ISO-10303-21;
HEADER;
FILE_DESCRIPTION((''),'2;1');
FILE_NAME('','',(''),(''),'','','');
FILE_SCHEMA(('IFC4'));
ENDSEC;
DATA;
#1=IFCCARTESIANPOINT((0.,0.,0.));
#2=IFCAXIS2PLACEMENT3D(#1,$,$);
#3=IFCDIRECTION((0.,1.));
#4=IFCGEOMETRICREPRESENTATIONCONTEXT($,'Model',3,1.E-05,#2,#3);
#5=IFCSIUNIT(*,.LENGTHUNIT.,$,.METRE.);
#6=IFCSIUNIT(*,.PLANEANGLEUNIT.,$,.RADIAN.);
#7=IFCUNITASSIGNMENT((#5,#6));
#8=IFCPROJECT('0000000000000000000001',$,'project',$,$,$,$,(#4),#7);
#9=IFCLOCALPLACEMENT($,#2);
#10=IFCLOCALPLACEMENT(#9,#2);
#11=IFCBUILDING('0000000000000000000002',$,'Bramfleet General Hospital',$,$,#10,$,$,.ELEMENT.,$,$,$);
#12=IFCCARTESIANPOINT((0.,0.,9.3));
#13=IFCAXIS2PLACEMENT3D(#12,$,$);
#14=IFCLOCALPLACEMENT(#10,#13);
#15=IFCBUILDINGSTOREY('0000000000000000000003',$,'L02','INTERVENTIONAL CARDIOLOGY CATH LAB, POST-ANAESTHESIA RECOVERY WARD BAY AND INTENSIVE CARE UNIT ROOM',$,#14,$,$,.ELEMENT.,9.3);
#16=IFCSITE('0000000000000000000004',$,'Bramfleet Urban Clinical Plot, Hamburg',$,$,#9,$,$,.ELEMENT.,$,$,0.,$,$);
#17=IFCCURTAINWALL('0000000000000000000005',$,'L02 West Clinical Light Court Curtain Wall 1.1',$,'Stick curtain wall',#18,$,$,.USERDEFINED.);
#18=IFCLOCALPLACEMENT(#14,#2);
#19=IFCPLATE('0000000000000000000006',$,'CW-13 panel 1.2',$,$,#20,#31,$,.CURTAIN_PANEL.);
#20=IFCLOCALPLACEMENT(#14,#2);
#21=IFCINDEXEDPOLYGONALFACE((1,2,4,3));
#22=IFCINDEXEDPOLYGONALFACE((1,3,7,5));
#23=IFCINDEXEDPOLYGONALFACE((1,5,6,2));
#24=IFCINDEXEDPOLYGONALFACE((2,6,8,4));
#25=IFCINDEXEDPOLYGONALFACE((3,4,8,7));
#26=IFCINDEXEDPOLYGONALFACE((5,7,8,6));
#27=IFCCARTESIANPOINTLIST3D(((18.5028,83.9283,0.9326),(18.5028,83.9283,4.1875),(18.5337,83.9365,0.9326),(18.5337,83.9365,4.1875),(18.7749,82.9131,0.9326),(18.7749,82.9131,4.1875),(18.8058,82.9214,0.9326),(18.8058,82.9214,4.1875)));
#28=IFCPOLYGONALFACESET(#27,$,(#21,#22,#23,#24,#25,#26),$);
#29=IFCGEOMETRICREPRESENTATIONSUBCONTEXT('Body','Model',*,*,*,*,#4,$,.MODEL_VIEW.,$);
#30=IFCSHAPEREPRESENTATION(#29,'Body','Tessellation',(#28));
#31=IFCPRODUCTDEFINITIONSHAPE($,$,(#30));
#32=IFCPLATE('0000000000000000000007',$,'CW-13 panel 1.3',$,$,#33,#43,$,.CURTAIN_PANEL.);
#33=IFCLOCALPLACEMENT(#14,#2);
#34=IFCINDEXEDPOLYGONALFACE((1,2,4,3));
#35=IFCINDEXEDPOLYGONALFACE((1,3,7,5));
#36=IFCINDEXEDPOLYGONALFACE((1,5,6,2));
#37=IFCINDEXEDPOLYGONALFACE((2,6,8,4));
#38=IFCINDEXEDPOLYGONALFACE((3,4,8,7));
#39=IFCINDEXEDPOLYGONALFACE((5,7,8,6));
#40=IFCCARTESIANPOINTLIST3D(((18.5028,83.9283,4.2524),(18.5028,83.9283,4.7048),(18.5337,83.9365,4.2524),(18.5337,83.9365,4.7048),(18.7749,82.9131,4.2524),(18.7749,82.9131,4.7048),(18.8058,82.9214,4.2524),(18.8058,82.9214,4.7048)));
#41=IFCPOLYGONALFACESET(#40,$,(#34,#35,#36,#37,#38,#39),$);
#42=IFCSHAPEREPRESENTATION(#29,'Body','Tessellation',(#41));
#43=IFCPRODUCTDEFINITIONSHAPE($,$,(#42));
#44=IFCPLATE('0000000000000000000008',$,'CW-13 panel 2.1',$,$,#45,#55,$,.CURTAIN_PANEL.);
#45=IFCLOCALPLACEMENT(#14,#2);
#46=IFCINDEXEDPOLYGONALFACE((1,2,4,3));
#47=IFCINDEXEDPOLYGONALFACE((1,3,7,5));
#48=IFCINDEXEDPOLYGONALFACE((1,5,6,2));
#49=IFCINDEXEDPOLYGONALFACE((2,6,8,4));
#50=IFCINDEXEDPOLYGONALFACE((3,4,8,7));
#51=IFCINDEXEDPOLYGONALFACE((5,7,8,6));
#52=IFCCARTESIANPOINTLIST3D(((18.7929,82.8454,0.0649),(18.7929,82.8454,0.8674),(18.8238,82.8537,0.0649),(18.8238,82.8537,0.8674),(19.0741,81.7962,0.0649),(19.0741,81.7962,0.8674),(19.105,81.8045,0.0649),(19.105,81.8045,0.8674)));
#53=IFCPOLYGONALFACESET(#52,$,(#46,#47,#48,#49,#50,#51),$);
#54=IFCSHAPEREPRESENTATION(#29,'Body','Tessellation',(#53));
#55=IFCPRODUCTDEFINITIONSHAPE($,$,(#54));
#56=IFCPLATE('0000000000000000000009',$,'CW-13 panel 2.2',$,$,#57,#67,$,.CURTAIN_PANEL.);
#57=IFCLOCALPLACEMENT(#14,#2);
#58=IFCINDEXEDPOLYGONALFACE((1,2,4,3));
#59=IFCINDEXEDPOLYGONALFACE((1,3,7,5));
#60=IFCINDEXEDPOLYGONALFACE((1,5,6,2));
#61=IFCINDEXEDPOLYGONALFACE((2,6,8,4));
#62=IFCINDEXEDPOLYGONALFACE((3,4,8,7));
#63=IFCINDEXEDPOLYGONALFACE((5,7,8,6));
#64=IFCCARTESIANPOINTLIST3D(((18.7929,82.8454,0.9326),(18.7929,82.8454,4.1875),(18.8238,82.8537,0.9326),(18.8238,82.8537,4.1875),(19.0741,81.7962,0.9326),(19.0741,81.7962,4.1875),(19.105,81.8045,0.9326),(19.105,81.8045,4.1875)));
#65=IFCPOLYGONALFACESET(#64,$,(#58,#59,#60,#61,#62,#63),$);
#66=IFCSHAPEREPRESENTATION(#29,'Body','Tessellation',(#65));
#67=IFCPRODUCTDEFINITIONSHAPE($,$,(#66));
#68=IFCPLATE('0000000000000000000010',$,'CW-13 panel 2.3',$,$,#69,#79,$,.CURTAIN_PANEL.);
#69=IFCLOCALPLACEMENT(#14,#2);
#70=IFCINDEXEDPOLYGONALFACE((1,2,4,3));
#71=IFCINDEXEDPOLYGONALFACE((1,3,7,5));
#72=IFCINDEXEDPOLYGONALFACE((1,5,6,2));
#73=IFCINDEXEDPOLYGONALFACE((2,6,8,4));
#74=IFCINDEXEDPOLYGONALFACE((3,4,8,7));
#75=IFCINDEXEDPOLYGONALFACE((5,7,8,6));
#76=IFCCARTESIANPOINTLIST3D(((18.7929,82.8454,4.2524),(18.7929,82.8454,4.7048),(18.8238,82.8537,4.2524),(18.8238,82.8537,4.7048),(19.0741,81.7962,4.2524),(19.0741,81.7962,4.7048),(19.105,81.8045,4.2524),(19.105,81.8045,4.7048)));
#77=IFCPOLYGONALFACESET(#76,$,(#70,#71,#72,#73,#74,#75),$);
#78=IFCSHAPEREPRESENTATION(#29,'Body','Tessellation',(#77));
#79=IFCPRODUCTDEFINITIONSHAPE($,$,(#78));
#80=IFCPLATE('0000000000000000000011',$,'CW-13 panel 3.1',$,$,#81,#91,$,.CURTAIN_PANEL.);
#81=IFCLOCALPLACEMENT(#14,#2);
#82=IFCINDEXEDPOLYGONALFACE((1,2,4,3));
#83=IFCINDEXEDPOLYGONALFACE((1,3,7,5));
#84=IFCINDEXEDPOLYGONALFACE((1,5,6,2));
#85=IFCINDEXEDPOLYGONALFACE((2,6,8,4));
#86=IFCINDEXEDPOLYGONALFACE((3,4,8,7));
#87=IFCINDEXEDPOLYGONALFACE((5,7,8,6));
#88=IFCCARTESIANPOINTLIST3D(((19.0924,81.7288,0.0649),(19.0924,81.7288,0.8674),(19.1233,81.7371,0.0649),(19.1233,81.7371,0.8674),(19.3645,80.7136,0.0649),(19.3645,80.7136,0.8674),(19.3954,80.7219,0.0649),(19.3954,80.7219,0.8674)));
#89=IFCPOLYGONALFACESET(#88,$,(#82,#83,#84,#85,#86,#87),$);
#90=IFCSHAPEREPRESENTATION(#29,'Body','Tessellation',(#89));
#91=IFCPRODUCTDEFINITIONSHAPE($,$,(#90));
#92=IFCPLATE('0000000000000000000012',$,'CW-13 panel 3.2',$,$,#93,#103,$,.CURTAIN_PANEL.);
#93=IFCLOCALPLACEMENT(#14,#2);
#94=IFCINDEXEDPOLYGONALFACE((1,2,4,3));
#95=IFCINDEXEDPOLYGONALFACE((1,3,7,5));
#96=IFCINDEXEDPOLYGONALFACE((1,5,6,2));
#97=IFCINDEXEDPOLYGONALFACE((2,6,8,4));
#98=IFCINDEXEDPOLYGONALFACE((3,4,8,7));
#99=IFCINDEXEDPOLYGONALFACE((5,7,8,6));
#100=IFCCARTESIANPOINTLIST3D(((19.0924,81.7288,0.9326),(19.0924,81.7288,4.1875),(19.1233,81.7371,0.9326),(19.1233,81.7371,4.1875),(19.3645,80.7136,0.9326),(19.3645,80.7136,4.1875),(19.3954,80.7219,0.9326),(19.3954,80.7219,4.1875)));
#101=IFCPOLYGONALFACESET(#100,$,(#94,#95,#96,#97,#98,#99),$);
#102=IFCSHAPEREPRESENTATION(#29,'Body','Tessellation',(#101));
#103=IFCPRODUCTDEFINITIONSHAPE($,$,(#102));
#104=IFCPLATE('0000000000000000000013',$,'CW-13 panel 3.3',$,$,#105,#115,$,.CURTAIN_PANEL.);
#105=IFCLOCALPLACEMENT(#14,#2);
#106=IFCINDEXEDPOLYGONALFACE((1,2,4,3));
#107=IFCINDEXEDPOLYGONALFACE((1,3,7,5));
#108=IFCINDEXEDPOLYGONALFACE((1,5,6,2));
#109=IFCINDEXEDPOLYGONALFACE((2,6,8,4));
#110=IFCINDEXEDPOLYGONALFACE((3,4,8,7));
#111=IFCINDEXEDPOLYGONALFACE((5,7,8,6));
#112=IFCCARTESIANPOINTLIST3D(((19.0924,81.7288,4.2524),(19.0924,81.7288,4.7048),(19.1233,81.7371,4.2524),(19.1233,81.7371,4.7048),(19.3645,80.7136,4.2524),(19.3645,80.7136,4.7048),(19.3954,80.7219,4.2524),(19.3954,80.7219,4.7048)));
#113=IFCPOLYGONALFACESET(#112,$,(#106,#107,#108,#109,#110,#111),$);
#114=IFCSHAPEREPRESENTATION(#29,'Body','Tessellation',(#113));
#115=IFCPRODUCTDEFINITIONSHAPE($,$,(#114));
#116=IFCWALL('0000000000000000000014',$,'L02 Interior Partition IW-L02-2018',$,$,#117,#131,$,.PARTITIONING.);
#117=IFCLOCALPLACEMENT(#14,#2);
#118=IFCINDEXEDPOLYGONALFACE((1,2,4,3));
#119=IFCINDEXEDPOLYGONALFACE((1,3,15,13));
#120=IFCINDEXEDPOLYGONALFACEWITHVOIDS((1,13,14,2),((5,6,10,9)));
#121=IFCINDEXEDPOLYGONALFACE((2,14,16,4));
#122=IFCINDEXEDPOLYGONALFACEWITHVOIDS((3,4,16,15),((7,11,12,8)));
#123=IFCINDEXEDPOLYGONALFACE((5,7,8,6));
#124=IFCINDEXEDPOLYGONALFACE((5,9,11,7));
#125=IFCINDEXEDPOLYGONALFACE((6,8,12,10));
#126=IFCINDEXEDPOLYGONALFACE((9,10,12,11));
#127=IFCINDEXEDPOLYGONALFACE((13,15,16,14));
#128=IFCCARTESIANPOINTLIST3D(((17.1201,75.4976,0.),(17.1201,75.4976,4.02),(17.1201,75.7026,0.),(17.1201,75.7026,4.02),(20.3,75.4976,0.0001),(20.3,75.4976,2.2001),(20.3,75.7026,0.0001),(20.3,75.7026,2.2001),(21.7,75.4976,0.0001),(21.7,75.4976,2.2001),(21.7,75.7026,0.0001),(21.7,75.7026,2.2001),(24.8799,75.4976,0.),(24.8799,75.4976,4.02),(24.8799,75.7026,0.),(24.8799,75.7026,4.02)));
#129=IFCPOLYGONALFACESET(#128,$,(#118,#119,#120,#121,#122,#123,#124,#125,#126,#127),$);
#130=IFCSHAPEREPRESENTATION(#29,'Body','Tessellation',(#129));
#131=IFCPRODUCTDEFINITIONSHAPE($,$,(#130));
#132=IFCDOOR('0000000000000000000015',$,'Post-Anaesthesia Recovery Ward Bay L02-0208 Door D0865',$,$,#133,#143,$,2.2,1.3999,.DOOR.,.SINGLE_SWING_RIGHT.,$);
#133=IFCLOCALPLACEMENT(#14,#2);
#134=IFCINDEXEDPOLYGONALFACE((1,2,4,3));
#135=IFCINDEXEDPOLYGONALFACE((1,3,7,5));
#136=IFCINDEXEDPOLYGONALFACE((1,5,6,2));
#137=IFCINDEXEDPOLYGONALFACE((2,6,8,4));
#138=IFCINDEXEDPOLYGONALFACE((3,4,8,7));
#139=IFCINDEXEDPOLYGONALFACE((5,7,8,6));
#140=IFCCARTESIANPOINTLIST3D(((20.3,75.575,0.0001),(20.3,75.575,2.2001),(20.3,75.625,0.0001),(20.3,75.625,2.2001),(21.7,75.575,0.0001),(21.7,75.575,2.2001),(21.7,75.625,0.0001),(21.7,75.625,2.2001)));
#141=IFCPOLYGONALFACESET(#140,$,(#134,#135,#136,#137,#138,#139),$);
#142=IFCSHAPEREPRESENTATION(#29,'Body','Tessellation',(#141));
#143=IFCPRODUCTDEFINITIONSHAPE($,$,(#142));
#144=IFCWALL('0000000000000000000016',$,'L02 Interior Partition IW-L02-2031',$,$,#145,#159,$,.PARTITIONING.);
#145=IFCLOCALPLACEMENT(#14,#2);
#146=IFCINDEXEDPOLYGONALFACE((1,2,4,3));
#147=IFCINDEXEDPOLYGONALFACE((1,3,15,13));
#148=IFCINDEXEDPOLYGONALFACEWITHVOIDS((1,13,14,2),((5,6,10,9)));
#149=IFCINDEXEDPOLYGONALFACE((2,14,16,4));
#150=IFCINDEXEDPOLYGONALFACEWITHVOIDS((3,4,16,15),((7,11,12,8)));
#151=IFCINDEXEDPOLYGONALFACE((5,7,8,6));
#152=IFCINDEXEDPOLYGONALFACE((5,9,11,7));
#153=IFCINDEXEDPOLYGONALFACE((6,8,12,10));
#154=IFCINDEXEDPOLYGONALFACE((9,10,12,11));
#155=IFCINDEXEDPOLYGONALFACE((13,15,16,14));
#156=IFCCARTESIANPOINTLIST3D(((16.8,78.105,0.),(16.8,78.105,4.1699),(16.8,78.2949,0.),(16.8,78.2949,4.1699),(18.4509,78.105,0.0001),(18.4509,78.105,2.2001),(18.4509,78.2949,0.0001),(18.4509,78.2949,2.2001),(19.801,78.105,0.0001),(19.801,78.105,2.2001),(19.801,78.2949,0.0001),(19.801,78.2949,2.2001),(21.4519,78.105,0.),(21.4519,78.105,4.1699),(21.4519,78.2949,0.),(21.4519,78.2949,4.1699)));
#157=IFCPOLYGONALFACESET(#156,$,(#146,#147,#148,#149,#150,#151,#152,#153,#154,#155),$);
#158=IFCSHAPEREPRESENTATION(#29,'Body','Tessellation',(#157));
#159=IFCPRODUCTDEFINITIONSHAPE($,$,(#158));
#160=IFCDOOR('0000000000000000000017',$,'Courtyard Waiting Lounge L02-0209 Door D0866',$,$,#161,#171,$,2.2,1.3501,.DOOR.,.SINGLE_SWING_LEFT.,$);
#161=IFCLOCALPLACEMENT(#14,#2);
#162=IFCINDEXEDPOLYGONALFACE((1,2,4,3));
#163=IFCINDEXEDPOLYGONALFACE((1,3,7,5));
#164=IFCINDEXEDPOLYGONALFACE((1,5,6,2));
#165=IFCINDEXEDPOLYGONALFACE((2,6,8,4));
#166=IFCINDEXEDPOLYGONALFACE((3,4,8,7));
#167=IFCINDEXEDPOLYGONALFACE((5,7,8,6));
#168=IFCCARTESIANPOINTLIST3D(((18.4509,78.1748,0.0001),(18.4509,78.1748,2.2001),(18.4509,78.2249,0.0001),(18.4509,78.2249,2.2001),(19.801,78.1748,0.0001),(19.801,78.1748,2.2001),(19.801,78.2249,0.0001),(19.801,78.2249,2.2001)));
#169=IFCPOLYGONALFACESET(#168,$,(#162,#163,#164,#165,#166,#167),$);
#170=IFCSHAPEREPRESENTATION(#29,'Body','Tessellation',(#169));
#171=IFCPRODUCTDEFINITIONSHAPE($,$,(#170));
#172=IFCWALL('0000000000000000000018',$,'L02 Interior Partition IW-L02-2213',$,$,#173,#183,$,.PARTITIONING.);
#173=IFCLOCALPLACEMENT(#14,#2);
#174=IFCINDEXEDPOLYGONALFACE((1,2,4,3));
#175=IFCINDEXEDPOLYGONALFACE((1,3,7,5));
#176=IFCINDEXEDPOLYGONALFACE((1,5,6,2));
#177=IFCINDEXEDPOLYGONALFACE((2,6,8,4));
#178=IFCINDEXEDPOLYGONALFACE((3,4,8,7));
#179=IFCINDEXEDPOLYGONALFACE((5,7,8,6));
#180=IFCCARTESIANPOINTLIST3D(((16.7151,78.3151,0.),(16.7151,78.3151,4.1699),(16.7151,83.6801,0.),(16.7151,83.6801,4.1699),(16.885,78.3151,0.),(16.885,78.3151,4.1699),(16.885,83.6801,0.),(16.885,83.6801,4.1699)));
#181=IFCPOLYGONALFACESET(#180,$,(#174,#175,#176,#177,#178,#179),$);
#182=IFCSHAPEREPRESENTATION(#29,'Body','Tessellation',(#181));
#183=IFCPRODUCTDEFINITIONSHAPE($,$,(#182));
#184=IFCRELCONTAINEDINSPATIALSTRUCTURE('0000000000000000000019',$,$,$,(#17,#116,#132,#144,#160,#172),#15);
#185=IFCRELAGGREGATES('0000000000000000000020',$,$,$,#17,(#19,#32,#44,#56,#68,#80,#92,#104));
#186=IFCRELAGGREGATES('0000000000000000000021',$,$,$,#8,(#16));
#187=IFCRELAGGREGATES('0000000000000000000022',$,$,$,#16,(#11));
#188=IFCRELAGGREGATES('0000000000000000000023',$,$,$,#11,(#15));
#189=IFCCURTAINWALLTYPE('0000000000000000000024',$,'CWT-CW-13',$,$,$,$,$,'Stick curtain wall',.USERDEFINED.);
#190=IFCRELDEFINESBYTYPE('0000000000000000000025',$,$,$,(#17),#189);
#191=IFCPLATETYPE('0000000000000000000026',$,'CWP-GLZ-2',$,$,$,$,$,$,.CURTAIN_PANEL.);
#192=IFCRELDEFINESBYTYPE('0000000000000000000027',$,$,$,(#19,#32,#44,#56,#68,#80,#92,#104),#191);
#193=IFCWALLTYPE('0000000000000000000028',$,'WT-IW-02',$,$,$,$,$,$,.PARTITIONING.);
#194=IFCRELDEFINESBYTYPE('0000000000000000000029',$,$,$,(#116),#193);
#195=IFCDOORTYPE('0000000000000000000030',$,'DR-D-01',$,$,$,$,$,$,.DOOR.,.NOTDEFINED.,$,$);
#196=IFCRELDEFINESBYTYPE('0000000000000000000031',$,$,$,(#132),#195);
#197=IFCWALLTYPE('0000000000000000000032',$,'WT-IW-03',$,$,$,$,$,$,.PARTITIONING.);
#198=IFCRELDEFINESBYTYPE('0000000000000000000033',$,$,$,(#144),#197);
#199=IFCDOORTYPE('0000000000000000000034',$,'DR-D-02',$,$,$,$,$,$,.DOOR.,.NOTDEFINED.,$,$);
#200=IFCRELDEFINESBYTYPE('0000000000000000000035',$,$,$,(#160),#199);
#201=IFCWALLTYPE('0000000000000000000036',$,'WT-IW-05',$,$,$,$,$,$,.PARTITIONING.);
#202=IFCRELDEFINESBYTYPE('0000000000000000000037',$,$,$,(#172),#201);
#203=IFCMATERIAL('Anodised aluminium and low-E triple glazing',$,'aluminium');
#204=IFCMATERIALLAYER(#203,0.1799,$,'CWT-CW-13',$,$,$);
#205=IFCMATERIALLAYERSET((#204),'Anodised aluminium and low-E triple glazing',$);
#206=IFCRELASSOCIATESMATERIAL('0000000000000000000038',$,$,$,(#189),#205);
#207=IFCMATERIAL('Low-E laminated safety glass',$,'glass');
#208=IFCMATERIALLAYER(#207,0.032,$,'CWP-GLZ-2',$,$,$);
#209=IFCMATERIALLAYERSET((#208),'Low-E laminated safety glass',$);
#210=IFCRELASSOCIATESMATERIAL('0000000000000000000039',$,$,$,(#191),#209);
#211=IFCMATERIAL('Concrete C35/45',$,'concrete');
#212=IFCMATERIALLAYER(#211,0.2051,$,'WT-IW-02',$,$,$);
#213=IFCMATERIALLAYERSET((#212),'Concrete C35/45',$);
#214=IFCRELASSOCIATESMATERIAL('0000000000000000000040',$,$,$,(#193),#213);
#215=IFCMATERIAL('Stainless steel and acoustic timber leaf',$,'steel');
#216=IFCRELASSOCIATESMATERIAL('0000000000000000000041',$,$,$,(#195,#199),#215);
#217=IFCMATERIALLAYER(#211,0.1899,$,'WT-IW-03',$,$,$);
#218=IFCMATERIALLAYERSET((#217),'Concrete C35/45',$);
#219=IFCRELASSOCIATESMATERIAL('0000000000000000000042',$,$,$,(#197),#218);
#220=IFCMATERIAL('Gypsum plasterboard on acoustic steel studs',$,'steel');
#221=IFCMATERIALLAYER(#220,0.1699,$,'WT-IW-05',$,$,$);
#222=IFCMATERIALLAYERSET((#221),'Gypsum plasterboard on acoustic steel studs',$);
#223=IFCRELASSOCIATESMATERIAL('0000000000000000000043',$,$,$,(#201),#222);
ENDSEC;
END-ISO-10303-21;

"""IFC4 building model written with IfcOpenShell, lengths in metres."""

from ifc_helpers import new_model, si_unit, direction, frame, frame_2d, origin, origin_2d, place, context, subcontext, project, spatial, rectangle, extrude, material, layer, layer_set, type_object, element, fill, aggregate, save


model = new_model("IFC4")

# Units and contexts
model_context = context("Model", 3, precision=1e-05, world=origin(), true_north=direction((0.0, 1.0)))
body_context = subcontext(model_context, "Body", "Model", "MODEL_VIEW")
ifc_project = project(units=[si_unit("LENGTHUNIT", "METRE"), si_unit("PLANEANGLEUNIT", "RADIAN")], contexts=[model_context])

# Site, building, storey
site_placement = place(None, origin())
site = spatial("IfcSite", under=ifc_project, at=site_placement, Name="Bramfleet Urban Clinical Plot, Hamburg", CompositionType="ELEMENT", RefElevation=0.0)
building_placement = place(site_placement, origin())
building = spatial("IfcBuilding", under=site, at=building_placement, Name="Bramfleet General Hospital", CompositionType="ELEMENT")
storey_placement = place(building_placement, frame((0.0, 0.0, 9.3)))
storey = spatial("IfcBuildingStorey", under=building, at=storey_placement, Name="L02", Description="INTERVENTIONAL CARDIOLOGY CATH LAB, POST-ANAESTHESIA RECOVERY WARD BAY AND INTENSIVE CARE UNIT ROOM", CompositionType="ELEMENT", Elevation=9.3)

# Shared definitions
ifc_material_1 = material(Name="Concrete C35/45", Category="concrete")

# Curtain wall
ifc_material_2 = material(Name="Anodised aluminium and low-E triple glazing", Category="aluminium")
ifc_layer_1 = layer(ifc_material_2, 0.1799, Name="CWT-CW-13")
ifc_layer_set_1 = layer_set([ifc_layer_1], Name="Anodised aluminium and low-E triple glazing")
curtain_wall_type_1 = type_object("IfcCurtainWallType", Name="CWT-CW-13", ElementType="Stick curtain wall", PredefinedType="USERDEFINED", material=ifc_layer_set_1)
curtain_wall_1_placement = place(storey_placement, origin())
curtain_wall_1 = element("IfcCurtainWall", 1, at=curtain_wall_1_placement, inside=storey, type_object=curtain_wall_type_1, Name="L02 West Clinical Light Court Curtain Wall 1.1", ObjectType="Stick curtain wall", PredefinedType="USERDEFINED")

# Plates
ifc_material_3 = material(Name="Low-E laminated safety glass", Category="glass")
ifc_layer_2 = layer(ifc_material_3, 0.032, Name="CWP-GLZ-2")
ifc_layer_set_2 = layer_set([ifc_layer_2], Name="Low-E laminated safety glass")
plate_type = type_object("IfcPlateType", Name="CWP-GLZ-2", PredefinedType="CURTAIN_PANEL", material=ifc_layer_set_2)
plate_1_placement = place(storey_placement, frame((18.6543, 83.4248, 0.9326), z_axis=(0.0, 0.0, 1.0), x_axis=(0.258919, -0.965899, 0.0)))
plate_1 = element("IfcPlate", 2, at=plate_1_placement, type_object=plate_type, Name="CW-13 panel 1.2", PredefinedType="CURTAIN_PANEL", context=body_context, shape_type="SweptSolid", body=[
    extrude(rectangle(XDim=1.051, YDim=0.032, at=origin_2d()), origin(), (0.0, 0.0, 1.0), 3.2549),
])
plate_2_placement = place(storey_placement, frame((18.6543, 83.4248, 4.2524), z_axis=(0.0, 0.0, 1.0), x_axis=(0.258919, -0.965899, 0.0)))
plate_2 = element("IfcPlate", 3, at=plate_2_placement, type_object=plate_type, Name="CW-13 panel 1.3", PredefinedType="CURTAIN_PANEL", context=body_context, shape_type="SweptSolid", body=[
    extrude(rectangle(XDim=1.051, YDim=0.032, at=origin_2d()), origin(), (0.0, 0.0, 1.0), 0.4524),
])
plate_3_placement = place(storey_placement, frame((18.949, 82.325, 0.0649), z_axis=(0.0, 0.0, 1.0), x_axis=(0.258919, -0.965899, 0.0)))
plate_3 = element("IfcPlate", 4, at=plate_3_placement, type_object=plate_type, Name="CW-13 panel 2.1", PredefinedType="CURTAIN_PANEL", context=body_context, shape_type="SweptSolid", body=[
    extrude(rectangle(XDim=1.0862, YDim=0.032, at=origin_2d()), origin(), (0.0, 0.0, 1.0), 0.8025),
])
plate_4_placement = place(storey_placement, frame((18.949, 82.325, 0.9326), z_axis=(0.0, 0.0, 1.0), x_axis=(0.258919, -0.965899, 0.0)))
plate_4 = element("IfcPlate", 5, at=plate_4_placement, type_object=plate_type, Name="CW-13 panel 2.2", PredefinedType="CURTAIN_PANEL", context=body_context, shape_type="SweptSolid", body=[
    extrude(rectangle(XDim=1.0862, YDim=0.032, at=origin_2d()), origin(), (0.0, 0.0, 1.0), 3.2549),
])
plate_5_placement = place(storey_placement, frame((18.949, 82.325, 4.2524), z_axis=(0.0, 0.0, 1.0), x_axis=(0.258919, -0.965899, 0.0)))
plate_5 = element("IfcPlate", 6, at=plate_5_placement, type_object=plate_type, Name="CW-13 panel 2.3", PredefinedType="CURTAIN_PANEL", context=body_context, shape_type="SweptSolid", body=[
    extrude(rectangle(XDim=1.0862, YDim=0.032, at=origin_2d()), origin(), (0.0, 0.0, 1.0), 0.4524),
])
plate_6_placement = place(storey_placement, frame((19.2439, 81.2253, 0.0649), z_axis=(0.0, 0.0, 1.0), x_axis=(0.258919, -0.965899, 0.0)))
plate_6 = element("IfcPlate", 7, at=plate_6_placement, type_object=plate_type, Name="CW-13 panel 3.1", PredefinedType="CURTAIN_PANEL", context=body_context, shape_type="SweptSolid", body=[
    extrude(rectangle(XDim=1.051, YDim=0.032, at=origin_2d()), origin(), (0.0, 0.0, 1.0), 0.8025),
])
plate_7_placement = place(storey_placement, frame((19.2439, 81.2253, 0.9326), z_axis=(0.0, 0.0, 1.0), x_axis=(0.258919, -0.965899, 0.0)))
plate_7 = element("IfcPlate", 8, at=plate_7_placement, type_object=plate_type, Name="CW-13 panel 3.2", PredefinedType="CURTAIN_PANEL", context=body_context, shape_type="SweptSolid", body=[
    extrude(rectangle(XDim=1.051, YDim=0.032, at=origin_2d()), origin(), (0.0, 0.0, 1.0), 3.2549),
])
plate_8_placement = place(storey_placement, frame((19.2439, 81.2253, 4.2524), z_axis=(0.0, 0.0, 1.0), x_axis=(0.258919, -0.965899, 0.0)))
plate_8 = element("IfcPlate", 9, at=plate_8_placement, type_object=plate_type, Name="CW-13 panel 3.3", PredefinedType="CURTAIN_PANEL", context=body_context, shape_type="SweptSolid", body=[
    extrude(rectangle(XDim=1.051, YDim=0.032, at=origin_2d()), origin(), (0.0, 0.0, 1.0), 0.4524),
])
aggregate(curtain_wall_1, [plate_1, plate_2, plate_3, plate_4, plate_5, plate_6, plate_7, plate_8])

# Walls, openings, doors
ifc_layer_3 = layer(ifc_material_1, 0.2051, Name="WT-IW-02")
ifc_layer_set_3 = layer_set([ifc_layer_3], Name="Concrete C35/45")
wall_type_1 = type_object("IfcWallType", Name="WT-IW-02", PredefinedType="PARTITIONING", material=ifc_layer_set_3)
wall_1_placement = place(storey_placement, frame((17.1201, 75.6001, 0.0), z_axis=(0.0, 0.0, 1.0), x_axis=(1.0, 0.0, 0.0)))
wall_1 = element("IfcWall", 10, at=wall_1_placement, inside=storey, type_object=wall_type_1, Name="L02 Interior Partition IW-L02-2018", PredefinedType="PARTITIONING", context=body_context, shape_type="SweptSolid", body=[
    extrude(rectangle(XDim=7.7598, YDim=0.2051, at=frame_2d((3.8799, 0.0))), origin(), (0.0, 0.0, 1.0), 4.02),
])
opening_1_placement = place(wall_1_placement, frame((3.1799, 0.0, 0.0)))
opening_1 = element("IfcOpeningElement", 11, at=opening_1_placement, cuts=wall_1, PredefinedType="OPENING", context=body_context, shape_type="SweptSolid", body=[
    extrude(rectangle(XDim=1.3999, YDim=2.2, at=frame_2d((0.7, 1.1001))), frame((0.0, 0.1125, 0.0), z_axis=(0.0, -1.0, 0.0), x_axis=(1.0, 0.0, 0.0)), (0.0, 0.0, 1.0), 0.2251),
])
ifc_material_4 = material(Name="Stainless steel and acoustic timber leaf", Category="steel")
door_type_1 = type_object("IfcDoorType", Name="DR-D-01", OperationType="NOTDEFINED", PredefinedType="DOOR", material=ifc_material_4)
door_1_placement = place(opening_1_placement, origin())
door_1 = element("IfcDoor", 12, at=door_1_placement, inside=storey, type_object=door_type_1, Name="Post-Anaesthesia Recovery Ward Bay L02-0208 Door D0865", OperationType="SINGLE_SWING_RIGHT", OverallHeight=2.2, OverallWidth=1.3999, PredefinedType="DOOR", context=body_context, shape_type="SweptSolid", body=[
    extrude(rectangle(XDim=1.3999, YDim=2.2, at=frame_2d((0.7, 1.1001))), frame((0.0, 0.0249, 0.0), z_axis=(0.0, -1.0, 0.0), x_axis=(1.0, 0.0, 0.0)), (0.0, 0.0, 1.0), 0.05),
])
fill(opening_1, door_1)
ifc_layer_4 = layer(ifc_material_1, 0.1899, Name="WT-IW-03")
ifc_layer_set_4 = layer_set([ifc_layer_4], Name="Concrete C35/45")
wall_type_2 = type_object("IfcWallType", Name="WT-IW-03", PredefinedType="PARTITIONING", material=ifc_layer_set_4)
wall_2_placement = place(storey_placement, frame((16.8, 78.2, 0.0), z_axis=(0.0, 0.0, 1.0), x_axis=(1.0, 0.0, 0.0)))
wall_2 = element("IfcWall", 13, at=wall_2_placement, inside=storey, type_object=wall_type_2, Name="L02 Interior Partition IW-L02-2031", PredefinedType="PARTITIONING", context=body_context, shape_type="SweptSolid", body=[
    extrude(rectangle(XDim=4.6519, YDim=0.1899, at=frame_2d((2.3259, 0.0))), origin(), (0.0, 0.0, 1.0), 4.1699),
])
opening_2_placement = place(wall_2_placement, frame((1.6509, 0.0, 0.0)))
opening_2 = element("IfcOpeningElement", 14, at=opening_2_placement, cuts=wall_2, PredefinedType="OPENING", context=body_context, shape_type="SweptSolid", body=[
    extrude(rectangle(XDim=1.3501, YDim=2.2, at=frame_2d((0.675, 1.1001))), frame((0.0, 0.105, 0.0), z_axis=(0.0, -1.0, 0.0), x_axis=(1.0, 0.0, 0.0)), (0.0, 0.0, 1.0), 0.21),
])
door_type_2 = type_object("IfcDoorType", Name="DR-D-02", OperationType="NOTDEFINED", PredefinedType="DOOR", material=ifc_material_4)
door_2_placement = place(opening_2_placement, origin())
door_2 = element("IfcDoor", 15, at=door_2_placement, inside=storey, type_object=door_type_2, Name="Courtyard Waiting Lounge L02-0209 Door D0866", OperationType="SINGLE_SWING_LEFT", OverallHeight=2.2, OverallWidth=1.3501, PredefinedType="DOOR", context=body_context, shape_type="SweptSolid", body=[
    extrude(rectangle(XDim=1.3501, YDim=2.2, at=frame_2d((0.675, 1.1001))), frame((0.0, 0.0249, 0.0), z_axis=(0.0, -1.0, 0.0), x_axis=(1.0, 0.0, 0.0)), (0.0, 0.0, 1.0), 0.05),
])
fill(opening_2, door_2)

# Wall
ifc_material_5 = material(Name="Gypsum plasterboard on acoustic steel studs", Category="steel")
ifc_layer_5 = layer(ifc_material_5, 0.1699, Name="WT-IW-05")
ifc_layer_set_5 = layer_set([ifc_layer_5], Name="Gypsum plasterboard on acoustic steel studs")
wall_type_3 = type_object("IfcWallType", Name="WT-IW-05", PredefinedType="PARTITIONING", material=ifc_layer_set_5)
wall_3_placement = place(storey_placement, frame((16.8, 78.3149, 0.0), z_axis=(0.0, 0.0, 1.0), x_axis=(0.0, 1.0, 0.0)))
element("IfcWall", 16, at=wall_3_placement, inside=storey, type_object=wall_type_3, Name="L02 Interior Partition IW-L02-2213", PredefinedType="PARTITIONING", context=body_context, shape_type="SweptSolid", body=[
    extrude(rectangle(XDim=5.365, YDim=0.1699, at=frame_2d((2.6826, 0.0))), origin(), (0.0, 0.0, 1.0), 4.1699),
])

save(model, "model.ifc")
